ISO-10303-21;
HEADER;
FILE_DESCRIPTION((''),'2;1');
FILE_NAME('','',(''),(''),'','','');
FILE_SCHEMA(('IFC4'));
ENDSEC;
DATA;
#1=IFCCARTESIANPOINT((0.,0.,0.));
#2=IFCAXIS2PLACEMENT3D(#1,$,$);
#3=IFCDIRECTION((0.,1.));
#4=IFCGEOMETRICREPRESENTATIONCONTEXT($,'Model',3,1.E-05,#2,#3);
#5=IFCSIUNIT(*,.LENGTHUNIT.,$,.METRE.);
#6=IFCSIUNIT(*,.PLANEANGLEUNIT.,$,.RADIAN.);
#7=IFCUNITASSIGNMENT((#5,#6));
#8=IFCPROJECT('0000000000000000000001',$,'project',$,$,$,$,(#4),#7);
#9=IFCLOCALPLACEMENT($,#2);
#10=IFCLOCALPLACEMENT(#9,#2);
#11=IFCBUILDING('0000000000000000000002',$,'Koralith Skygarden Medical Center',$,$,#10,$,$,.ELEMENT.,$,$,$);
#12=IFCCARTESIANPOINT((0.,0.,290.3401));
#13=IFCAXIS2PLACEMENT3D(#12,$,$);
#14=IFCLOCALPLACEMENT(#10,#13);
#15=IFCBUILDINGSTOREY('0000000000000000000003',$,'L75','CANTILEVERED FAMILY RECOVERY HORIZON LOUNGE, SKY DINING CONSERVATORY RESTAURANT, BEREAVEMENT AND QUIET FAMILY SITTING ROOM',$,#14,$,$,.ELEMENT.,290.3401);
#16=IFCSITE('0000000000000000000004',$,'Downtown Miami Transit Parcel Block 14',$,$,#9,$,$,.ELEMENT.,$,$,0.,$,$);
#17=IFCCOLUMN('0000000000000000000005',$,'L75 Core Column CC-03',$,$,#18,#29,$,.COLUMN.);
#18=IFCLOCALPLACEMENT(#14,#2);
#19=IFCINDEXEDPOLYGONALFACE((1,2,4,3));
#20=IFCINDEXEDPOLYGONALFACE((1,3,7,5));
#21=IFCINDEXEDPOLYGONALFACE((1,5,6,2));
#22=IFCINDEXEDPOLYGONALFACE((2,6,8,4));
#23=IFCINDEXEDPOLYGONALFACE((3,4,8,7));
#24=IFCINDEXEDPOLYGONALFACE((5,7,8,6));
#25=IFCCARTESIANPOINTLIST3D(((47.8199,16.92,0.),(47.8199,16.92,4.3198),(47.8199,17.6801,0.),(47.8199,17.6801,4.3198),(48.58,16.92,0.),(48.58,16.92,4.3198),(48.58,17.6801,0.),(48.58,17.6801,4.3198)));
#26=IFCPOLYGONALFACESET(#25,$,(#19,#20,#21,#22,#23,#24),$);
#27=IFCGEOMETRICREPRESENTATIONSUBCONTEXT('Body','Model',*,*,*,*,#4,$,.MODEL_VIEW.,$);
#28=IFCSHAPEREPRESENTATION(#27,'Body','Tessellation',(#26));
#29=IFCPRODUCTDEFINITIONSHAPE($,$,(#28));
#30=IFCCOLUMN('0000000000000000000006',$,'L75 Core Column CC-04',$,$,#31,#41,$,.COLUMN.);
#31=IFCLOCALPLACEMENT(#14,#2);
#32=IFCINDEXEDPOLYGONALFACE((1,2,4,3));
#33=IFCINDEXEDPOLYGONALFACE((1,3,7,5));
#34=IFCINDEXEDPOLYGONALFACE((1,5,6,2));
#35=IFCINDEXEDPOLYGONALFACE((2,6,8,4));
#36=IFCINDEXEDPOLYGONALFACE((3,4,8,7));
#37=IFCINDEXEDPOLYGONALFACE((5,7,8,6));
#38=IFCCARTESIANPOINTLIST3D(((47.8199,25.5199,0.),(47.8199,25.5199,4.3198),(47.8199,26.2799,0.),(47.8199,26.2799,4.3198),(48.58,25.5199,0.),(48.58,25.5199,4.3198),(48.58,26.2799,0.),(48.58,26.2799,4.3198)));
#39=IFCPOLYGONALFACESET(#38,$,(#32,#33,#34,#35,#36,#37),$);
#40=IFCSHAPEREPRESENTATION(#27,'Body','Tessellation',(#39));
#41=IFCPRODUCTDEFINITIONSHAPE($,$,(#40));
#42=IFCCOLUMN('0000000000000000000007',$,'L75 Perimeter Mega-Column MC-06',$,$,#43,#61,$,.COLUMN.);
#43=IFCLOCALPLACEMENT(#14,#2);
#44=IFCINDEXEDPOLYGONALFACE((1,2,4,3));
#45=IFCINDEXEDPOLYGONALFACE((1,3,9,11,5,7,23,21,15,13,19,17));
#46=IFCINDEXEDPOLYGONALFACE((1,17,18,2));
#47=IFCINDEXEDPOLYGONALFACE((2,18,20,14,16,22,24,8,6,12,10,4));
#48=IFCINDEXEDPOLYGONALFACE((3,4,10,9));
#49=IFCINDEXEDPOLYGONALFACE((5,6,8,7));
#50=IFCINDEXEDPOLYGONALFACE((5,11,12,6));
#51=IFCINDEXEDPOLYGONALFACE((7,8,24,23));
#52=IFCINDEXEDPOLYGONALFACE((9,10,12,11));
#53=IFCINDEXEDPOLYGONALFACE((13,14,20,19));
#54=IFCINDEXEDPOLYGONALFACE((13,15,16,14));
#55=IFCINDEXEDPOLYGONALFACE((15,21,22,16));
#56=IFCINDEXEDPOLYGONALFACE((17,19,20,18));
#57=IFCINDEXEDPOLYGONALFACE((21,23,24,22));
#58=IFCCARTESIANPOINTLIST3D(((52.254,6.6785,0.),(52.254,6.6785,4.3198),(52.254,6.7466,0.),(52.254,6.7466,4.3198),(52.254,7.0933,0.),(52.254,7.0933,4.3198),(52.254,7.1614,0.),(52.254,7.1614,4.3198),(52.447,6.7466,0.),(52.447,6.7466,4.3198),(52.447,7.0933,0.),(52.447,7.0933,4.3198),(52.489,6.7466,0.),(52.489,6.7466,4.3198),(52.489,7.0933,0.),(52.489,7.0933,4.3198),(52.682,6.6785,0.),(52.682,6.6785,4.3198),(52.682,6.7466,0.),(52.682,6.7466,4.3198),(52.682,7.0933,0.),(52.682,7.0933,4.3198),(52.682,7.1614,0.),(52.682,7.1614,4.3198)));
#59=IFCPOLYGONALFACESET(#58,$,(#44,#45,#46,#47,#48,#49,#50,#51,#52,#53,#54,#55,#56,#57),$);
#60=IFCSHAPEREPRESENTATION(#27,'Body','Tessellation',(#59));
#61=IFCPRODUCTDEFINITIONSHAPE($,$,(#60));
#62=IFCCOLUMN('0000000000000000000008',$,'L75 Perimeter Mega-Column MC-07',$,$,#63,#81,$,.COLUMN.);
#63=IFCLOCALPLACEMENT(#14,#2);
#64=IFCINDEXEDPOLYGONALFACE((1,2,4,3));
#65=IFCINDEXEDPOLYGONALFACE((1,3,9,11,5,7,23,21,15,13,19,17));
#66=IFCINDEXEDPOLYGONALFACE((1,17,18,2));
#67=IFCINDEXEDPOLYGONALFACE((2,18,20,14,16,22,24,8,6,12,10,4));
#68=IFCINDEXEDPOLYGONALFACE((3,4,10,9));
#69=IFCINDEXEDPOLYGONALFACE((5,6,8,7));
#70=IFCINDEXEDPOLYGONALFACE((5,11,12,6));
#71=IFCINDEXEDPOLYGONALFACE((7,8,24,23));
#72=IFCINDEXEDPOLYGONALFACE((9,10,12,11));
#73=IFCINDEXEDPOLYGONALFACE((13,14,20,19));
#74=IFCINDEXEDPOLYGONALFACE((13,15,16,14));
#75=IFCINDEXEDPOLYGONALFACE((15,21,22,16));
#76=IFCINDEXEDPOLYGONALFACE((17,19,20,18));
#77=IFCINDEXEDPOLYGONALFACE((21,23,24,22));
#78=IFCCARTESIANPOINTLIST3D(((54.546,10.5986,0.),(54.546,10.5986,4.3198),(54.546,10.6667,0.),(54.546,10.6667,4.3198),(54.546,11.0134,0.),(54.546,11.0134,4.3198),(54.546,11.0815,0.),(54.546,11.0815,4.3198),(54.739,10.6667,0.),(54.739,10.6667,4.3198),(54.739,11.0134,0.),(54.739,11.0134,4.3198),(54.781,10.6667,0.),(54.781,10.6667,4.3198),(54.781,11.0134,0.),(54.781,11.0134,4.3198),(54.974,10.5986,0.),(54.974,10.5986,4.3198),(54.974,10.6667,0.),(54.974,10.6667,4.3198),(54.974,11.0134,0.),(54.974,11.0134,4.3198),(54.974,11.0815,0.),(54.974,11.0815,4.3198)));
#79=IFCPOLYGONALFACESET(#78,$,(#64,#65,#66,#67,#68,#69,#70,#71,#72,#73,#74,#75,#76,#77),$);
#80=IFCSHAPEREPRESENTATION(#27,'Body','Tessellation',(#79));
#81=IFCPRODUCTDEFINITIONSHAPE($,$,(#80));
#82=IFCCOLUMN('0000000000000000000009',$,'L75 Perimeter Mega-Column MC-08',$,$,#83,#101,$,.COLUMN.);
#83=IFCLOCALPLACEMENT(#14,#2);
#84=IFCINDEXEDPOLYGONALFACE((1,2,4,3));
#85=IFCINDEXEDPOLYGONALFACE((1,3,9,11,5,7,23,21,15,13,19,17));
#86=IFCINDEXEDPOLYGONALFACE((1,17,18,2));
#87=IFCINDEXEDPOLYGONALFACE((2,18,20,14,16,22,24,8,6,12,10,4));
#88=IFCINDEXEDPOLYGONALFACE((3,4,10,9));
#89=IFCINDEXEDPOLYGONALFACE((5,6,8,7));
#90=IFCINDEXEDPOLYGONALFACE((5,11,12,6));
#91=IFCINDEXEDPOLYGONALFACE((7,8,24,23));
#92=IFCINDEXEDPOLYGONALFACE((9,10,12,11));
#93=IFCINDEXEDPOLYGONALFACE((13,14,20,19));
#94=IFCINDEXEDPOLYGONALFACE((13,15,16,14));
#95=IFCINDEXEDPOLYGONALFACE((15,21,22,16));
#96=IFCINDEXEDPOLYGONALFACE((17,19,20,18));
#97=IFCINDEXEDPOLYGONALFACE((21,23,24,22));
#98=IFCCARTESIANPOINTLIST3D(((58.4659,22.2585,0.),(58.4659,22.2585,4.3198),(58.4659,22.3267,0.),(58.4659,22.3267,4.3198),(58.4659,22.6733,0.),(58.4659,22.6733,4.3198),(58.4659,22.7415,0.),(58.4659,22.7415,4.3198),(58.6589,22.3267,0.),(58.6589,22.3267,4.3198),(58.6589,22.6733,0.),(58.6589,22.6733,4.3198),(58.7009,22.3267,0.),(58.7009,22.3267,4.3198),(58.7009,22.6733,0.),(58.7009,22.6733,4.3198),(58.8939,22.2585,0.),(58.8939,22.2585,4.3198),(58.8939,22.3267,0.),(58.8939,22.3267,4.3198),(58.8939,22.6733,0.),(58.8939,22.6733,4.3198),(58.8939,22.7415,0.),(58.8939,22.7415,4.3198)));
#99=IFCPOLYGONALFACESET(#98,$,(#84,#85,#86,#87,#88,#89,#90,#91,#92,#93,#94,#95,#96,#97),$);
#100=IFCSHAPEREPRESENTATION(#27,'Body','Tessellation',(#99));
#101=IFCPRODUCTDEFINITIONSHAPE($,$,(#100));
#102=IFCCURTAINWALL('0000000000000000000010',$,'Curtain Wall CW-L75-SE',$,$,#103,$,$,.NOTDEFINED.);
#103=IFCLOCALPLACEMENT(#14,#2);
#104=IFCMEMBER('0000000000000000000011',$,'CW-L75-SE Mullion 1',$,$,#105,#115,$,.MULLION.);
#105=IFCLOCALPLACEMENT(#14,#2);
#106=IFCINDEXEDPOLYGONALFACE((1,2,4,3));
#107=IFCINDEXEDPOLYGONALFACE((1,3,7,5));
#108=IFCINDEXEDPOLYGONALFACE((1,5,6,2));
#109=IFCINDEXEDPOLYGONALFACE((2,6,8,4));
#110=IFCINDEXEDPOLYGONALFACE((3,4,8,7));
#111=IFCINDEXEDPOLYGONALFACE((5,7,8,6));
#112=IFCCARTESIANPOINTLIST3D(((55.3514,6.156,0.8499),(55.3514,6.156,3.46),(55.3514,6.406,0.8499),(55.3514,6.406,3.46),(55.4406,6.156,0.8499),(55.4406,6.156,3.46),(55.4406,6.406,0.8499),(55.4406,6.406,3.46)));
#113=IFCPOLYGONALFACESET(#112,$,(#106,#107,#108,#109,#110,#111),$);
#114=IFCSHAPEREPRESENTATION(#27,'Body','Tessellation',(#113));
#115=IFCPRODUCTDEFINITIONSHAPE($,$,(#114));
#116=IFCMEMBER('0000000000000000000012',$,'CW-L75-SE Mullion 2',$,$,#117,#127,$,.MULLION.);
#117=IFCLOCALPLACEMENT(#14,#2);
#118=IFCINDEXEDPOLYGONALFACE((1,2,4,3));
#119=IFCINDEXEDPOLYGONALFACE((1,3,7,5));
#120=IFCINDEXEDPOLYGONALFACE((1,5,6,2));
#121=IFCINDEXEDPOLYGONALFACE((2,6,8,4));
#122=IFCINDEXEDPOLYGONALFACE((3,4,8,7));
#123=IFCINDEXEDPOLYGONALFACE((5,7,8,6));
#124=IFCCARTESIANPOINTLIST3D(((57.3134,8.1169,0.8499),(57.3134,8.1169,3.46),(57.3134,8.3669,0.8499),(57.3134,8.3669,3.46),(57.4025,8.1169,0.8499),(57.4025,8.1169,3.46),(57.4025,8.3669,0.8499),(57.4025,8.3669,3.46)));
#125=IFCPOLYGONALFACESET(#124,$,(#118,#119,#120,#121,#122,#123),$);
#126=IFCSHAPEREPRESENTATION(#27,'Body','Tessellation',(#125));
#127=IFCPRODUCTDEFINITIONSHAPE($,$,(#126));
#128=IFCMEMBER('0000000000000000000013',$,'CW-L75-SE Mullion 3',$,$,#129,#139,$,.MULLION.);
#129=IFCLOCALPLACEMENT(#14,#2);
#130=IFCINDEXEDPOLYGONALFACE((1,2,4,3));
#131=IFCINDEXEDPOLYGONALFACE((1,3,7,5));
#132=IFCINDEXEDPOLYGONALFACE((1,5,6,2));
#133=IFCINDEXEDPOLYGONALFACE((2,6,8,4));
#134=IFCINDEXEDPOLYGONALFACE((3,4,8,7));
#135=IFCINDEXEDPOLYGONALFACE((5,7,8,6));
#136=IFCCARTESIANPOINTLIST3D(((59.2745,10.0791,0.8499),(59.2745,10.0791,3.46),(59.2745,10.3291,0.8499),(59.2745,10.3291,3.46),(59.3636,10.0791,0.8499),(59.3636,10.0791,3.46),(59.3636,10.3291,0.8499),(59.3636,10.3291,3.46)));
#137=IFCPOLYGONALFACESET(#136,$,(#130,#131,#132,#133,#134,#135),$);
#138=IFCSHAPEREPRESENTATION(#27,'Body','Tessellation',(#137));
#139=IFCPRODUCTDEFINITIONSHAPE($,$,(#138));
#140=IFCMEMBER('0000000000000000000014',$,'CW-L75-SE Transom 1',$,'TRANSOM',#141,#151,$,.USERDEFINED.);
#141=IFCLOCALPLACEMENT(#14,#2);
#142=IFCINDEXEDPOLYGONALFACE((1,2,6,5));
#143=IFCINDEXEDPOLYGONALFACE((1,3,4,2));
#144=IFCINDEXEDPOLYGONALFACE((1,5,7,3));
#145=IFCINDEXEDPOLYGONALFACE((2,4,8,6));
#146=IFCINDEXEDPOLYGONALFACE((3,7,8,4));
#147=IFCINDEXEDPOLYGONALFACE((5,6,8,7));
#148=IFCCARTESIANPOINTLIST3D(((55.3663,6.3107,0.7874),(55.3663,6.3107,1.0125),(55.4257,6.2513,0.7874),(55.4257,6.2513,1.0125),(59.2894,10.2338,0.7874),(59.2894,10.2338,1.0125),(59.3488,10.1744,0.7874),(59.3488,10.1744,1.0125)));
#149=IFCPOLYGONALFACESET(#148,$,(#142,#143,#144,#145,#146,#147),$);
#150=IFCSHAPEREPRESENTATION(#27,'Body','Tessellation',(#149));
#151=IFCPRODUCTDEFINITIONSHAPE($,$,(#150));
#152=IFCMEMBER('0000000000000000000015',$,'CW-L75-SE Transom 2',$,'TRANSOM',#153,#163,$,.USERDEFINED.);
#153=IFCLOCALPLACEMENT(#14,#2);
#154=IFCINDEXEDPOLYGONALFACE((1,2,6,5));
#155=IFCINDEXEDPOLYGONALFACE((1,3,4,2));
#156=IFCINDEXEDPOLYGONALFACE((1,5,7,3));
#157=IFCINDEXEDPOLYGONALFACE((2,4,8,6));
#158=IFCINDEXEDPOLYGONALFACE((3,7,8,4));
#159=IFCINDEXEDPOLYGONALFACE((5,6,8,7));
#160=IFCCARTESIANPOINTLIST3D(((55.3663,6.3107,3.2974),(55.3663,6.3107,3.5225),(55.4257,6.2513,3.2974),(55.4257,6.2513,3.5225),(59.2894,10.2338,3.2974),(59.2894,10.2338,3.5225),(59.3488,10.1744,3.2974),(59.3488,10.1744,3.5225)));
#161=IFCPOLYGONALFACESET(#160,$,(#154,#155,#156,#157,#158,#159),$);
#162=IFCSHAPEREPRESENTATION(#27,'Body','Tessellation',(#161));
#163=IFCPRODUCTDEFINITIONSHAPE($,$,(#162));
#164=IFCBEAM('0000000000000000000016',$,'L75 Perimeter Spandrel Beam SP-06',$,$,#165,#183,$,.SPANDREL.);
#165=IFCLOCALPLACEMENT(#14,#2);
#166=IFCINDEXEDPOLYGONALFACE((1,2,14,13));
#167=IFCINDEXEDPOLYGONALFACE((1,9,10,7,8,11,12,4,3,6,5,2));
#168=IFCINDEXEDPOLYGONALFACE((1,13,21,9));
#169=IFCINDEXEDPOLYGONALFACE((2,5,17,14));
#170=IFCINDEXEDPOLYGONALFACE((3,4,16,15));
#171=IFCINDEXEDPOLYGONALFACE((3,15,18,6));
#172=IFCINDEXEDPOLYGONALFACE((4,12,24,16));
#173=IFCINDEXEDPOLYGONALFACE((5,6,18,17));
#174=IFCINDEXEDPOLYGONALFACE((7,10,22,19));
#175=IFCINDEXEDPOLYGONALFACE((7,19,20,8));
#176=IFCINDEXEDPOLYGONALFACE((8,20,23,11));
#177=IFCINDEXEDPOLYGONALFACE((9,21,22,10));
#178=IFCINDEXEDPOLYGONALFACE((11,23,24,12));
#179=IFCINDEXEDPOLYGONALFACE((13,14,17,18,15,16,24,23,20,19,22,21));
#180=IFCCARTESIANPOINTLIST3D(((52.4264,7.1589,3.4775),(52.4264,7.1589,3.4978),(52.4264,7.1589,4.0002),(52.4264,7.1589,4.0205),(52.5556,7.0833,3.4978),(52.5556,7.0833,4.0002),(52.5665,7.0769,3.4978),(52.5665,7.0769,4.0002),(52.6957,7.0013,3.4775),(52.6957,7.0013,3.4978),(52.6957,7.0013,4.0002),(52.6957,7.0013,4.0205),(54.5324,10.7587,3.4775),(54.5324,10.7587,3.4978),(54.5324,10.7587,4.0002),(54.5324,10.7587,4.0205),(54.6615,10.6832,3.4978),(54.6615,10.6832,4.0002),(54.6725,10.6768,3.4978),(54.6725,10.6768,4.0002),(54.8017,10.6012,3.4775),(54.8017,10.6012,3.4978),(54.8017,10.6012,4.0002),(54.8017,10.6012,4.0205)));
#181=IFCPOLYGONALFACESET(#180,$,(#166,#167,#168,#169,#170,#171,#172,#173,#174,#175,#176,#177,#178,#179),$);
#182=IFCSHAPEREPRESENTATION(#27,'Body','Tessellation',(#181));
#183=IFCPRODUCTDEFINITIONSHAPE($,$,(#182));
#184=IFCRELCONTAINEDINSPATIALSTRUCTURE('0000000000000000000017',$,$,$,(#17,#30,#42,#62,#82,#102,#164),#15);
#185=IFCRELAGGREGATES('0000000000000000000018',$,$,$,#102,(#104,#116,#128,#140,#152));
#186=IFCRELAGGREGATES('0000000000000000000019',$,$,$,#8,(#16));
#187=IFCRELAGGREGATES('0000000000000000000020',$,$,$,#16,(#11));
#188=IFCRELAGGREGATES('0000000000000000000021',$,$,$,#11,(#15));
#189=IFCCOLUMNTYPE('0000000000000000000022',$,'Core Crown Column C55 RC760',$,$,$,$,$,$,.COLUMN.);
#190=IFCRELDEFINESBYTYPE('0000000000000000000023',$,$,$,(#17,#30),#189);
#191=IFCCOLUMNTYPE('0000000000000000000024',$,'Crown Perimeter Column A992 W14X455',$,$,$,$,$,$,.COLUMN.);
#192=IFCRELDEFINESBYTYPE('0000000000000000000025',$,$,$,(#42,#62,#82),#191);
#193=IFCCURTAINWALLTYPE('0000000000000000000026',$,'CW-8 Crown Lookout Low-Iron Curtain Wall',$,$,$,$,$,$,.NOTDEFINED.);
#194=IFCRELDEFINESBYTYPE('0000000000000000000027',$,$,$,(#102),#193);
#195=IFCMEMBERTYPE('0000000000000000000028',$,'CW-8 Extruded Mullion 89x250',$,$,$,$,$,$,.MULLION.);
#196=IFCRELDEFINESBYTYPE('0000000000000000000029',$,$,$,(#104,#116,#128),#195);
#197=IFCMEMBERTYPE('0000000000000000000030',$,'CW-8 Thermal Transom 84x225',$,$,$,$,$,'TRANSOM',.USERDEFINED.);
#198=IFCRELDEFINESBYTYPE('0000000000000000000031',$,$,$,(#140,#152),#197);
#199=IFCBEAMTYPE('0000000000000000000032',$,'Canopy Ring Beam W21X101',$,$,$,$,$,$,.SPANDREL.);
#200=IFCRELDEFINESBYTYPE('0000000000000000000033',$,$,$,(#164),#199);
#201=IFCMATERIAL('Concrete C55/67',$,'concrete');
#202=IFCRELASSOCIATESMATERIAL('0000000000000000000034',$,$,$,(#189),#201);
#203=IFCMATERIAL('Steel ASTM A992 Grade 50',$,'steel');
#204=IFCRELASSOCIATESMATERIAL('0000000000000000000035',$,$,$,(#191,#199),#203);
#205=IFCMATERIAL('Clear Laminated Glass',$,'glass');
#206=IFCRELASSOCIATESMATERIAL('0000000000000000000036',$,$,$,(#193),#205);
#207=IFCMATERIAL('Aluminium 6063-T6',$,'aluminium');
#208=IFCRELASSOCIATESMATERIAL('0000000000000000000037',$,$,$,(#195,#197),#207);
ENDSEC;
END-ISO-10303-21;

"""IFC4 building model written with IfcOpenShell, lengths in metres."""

from ifc_helpers import new_model, si_unit, direction, frame, origin, origin_2d, place, context, subcontext, project, spatial, rectangle, i_section, extrude, material, material_profile, profile_set, type_object, element, aggregate, save


model = new_model("IFC4")

# Units and contexts
model_context = context("Model", 3, precision=1e-05, world=origin(), true_north=direction((0.0, 1.0)))
body_context = subcontext(model_context, "Body", "Model", "MODEL_VIEW")
ifc_project = project(units=[si_unit("LENGTHUNIT", "METRE"), si_unit("PLANEANGLEUNIT", "RADIAN")], contexts=[model_context])

# Site, building, storey
site_placement = place(None, origin())
site = spatial("IfcSite", under=ifc_project, at=site_placement, Name="Downtown Miami Transit Parcel Block 14", CompositionType="ELEMENT", RefElevation=0.0)
building_placement = place(site_placement, origin())
building = spatial("IfcBuilding", under=site, at=building_placement, Name="Koralith Skygarden Medical Center", CompositionType="ELEMENT")
storey_placement = place(building_placement, frame((0.0, 0.0, 290.3401)))
storey = spatial("IfcBuildingStorey", under=building, at=storey_placement, Name="L75", Description="CANTILEVERED FAMILY RECOVERY HORIZON LOUNGE, SKY DINING CONSERVATORY RESTAURANT, BEREAVEMENT AND QUIET FAMILY SITTING ROOM", CompositionType="ELEMENT", Elevation=290.3401)

# Columns
ifc_material_1 = material(Name="Concrete C55/67", Category="concrete")
ifc_material_profile_1 = material_profile(ifc_material_1, rectangle(XDim=0.76, YDim=0.76, at=origin_2d()), Name="RC760X760")
ifc_profile_set_1 = profile_set([ifc_material_profile_1], Name="Concrete C55/67")
column_type_1 = type_object("IfcColumnType", Name="Core Crown Column C55 RC760", PredefinedType="COLUMN", material=ifc_profile_set_1)
for number, where, z_axis, x_axis, name in (
    (1, (48.2, 17.3, 0.0), (0.0, 0.0, 1.0), (1.0, 0.0, 0.0), "L75 Core Column CC-03"),
    (2, (48.2, 25.8999, 0.0), (0.0, 0.0, 1.0), (1.0, 0.0, 0.0), "L75 Core Column CC-04"),
):
    element("IfcColumn", number, at=place(storey_placement, frame(where, z_axis=z_axis, x_axis=x_axis)), inside=storey, type_object=column_type_1, Name=name, PredefinedType="COLUMN", context=body_context, shape_type="SweptSolid", body=[
        extrude(rectangle(XDim=0.76, YDim=0.76, at=origin_2d()), origin(), (0.0, 0.0, 1.0), 4.3198),
    ])
ifc_material_2 = material(Name="Steel ASTM A992 Grade 50", Category="steel")
ifc_material_profile_2 = material_profile(ifc_material_2, i_section(OverallWidth=0.428, OverallDepth=0.4829, WebThickness=0.042, FlangeThickness=0.0681, at=origin_2d()), Name="W14X455")
ifc_profile_set_2 = profile_set([ifc_material_profile_2], Name="Steel ASTM A992 Grade 50")
column_type_2 = type_object("IfcColumnType", Name="Crown Perimeter Column A992 W14X455", PredefinedType="COLUMN", material=ifc_profile_set_2)
for number, where, z_axis, x_axis, name in (
    (3, (52.468, 6.9199, 0.0), (0.0, 0.0, 1.0), (1.0, 0.0, 0.0), "L75 Perimeter Mega-Column MC-06"),
    (4, (54.76, 10.8401, 0.0), (0.0, 0.0, 1.0), (1.0, 0.0, 0.0), "L75 Perimeter Mega-Column MC-07"),
    (5, (58.6799, 22.5, 0.0), (0.0, 0.0, 1.0), (1.0, 0.0, 0.0), "L75 Perimeter Mega-Column MC-08"),
):
    element("IfcColumn", number, at=place(storey_placement, frame(where, z_axis=z_axis, x_axis=x_axis)), inside=storey, type_object=column_type_2, Name=name, PredefinedType="COLUMN", context=body_context, shape_type="SweptSolid", body=[
        extrude(i_section(OverallWidth=0.428, OverallDepth=0.4829, WebThickness=0.042, FlangeThickness=0.0681, at=origin_2d()), origin(), (0.0, 0.0, 1.0), 4.3198),
    ])

# Curtain wall, members
ifc_material_3 = material(Name="Clear Laminated Glass", Category="glass")
curtain_wall_type = type_object("IfcCurtainWallType", Name="CW-8 Crown Lookout Low-Iron Curtain Wall", PredefinedType="NOTDEFINED", material=ifc_material_3)
curtain_wall_placement = place(storey_placement, origin())
curtain_wall = element("IfcCurtainWall", 6, at=curtain_wall_placement, inside=storey, type_object=curtain_wall_type, Name="Curtain Wall CW-L75-SE", PredefinedType="NOTDEFINED")
ifc_material_4 = material(Name="Aluminium 6063-T6", Category="aluminium")
ifc_material_profile_3 = material_profile(ifc_material_4, rectangle(XDim=0.0891, YDim=0.25, at=origin_2d()), Name="MUL89X250")
ifc_profile_set_3 = profile_set([ifc_material_profile_3], Name="Aluminium 6063-T6")
member_type_1 = type_object("IfcMemberType", Name="CW-8 Extruded Mullion 89x250", PredefinedType="MULLION", material=ifc_profile_set_3)
member_1_placement = place(storey_placement, frame((55.396, 6.281, 0.8499), z_axis=(0.0, 0.0, 1.0), x_axis=(1.0, 0.0, 0.0)))
member_1 = element("IfcMember", 7, at=member_1_placement, type_object=member_type_1, Name="CW-L75-SE Mullion 1", PredefinedType="MULLION", context=body_context, shape_type="SweptSolid", body=[
    extrude(rectangle(XDim=0.0891, YDim=0.25, at=origin_2d()), origin(), (0.0, 0.0, 1.0), 2.6101),
])
member_2_placement = place(storey_placement, frame((57.3579, 8.2419, 0.8499), z_axis=(0.0, 0.0, 1.0), x_axis=(1.0, 0.0, 0.0)))
member_2 = element("IfcMember", 8, at=member_2_placement, type_object=member_type_1, Name="CW-L75-SE Mullion 2", PredefinedType="MULLION", context=body_context, shape_type="SweptSolid", body=[
    extrude(rectangle(XDim=0.0891, YDim=0.25, at=origin_2d()), origin(), (0.0, 0.0, 1.0), 2.6101),
])
member_3_placement = place(storey_placement, frame((59.3191, 10.2041, 0.8499), z_axis=(0.0, 0.0, 1.0), x_axis=(1.0, 0.0, 0.0)))
member_3 = element("IfcMember", 9, at=member_3_placement, type_object=member_type_1, Name="CW-L75-SE Mullion 3", PredefinedType="MULLION", context=body_context, shape_type="SweptSolid", body=[
    extrude(rectangle(XDim=0.0891, YDim=0.25, at=origin_2d()), origin(), (0.0, 0.0, 1.0), 2.6101),
])
ifc_material_profile_4 = material_profile(ifc_material_4, rectangle(XDim=0.084, YDim=0.2251, at=origin_2d()), Name="TRN84X225")
ifc_profile_set_4 = profile_set([ifc_material_profile_4], Name="Aluminium 6063-T6")
member_type_2 = type_object("IfcMemberType", Name="CW-8 Thermal Transom 84x225", ElementType="TRANSOM", PredefinedType="USERDEFINED", material=ifc_profile_set_4)
member_4_placement = place(storey_placement, frame((55.396, 6.281, 0.8999), z_axis=(0.707107, 0.707107, 0.0), x_axis=(-0.707107, 0.707107, 0.0)))
member_4 = element("IfcMember", 10, at=member_4_placement, type_object=member_type_2, Name="CW-L75-SE Transom 1", ObjectType="TRANSOM", PredefinedType="USERDEFINED", context=body_context, shape_type="SweptSolid", body=[
    extrude(rectangle(XDim=0.084, YDim=0.2251, at=origin_2d()), origin(), (0.0, 0.0, 1.0), 5.5481),
])
member_5_placement = place(storey_placement, frame((55.396, 6.281, 3.4099), z_axis=(0.707107, 0.707107, 0.0), x_axis=(-0.707107, 0.707107, 0.0)))
member_5 = element("IfcMember", 11, at=member_5_placement, type_object=member_type_2, Name="CW-L75-SE Transom 2", ObjectType="TRANSOM", PredefinedType="USERDEFINED", context=body_context, shape_type="SweptSolid", body=[
    extrude(rectangle(XDim=0.084, YDim=0.2251, at=origin_2d()), origin(), (0.0, 0.0, 1.0), 5.5481),
])

# Beam
ifc_material_profile_5 = material_profile(ifc_material_2, i_section(OverallWidth=0.312, OverallDepth=0.543, WebThickness=0.0127, FlangeThickness=0.0203, at=origin_2d()), Name="W21X101")
ifc_profile_set_5 = profile_set([ifc_material_profile_5], Name="Steel ASTM A992 Grade 50")
beam_type_1 = type_object("IfcBeamType", Name="Canopy Ring Beam W21X101", PredefinedType="SPANDREL", material=ifc_profile_set_5)
beam_1_placement = place(storey_placement, frame((52.561, 7.0801, 3.749), z_axis=(0.504952, 0.863148, 0.0), x_axis=(-0.863148, 0.504952, 0.0)))
element("IfcBeam", 12, at=beam_1_placement, inside=storey, type_object=beam_type_1, Name="L75 Perimeter Spandrel Beam SP-06", PredefinedType="SPANDREL", context=body_context, shape_type="SweptSolid", body=[
    extrude(i_section(OverallWidth=0.312, OverallDepth=0.543, WebThickness=0.0127, FlangeThickness=0.0203, at=origin_2d()), origin(), (0.0, 0.0, 1.0), 4.1707),
])

aggregate(curtain_wall, [member_1, member_2, member_3, member_4, member_5])

save(model, "model.ifc")
